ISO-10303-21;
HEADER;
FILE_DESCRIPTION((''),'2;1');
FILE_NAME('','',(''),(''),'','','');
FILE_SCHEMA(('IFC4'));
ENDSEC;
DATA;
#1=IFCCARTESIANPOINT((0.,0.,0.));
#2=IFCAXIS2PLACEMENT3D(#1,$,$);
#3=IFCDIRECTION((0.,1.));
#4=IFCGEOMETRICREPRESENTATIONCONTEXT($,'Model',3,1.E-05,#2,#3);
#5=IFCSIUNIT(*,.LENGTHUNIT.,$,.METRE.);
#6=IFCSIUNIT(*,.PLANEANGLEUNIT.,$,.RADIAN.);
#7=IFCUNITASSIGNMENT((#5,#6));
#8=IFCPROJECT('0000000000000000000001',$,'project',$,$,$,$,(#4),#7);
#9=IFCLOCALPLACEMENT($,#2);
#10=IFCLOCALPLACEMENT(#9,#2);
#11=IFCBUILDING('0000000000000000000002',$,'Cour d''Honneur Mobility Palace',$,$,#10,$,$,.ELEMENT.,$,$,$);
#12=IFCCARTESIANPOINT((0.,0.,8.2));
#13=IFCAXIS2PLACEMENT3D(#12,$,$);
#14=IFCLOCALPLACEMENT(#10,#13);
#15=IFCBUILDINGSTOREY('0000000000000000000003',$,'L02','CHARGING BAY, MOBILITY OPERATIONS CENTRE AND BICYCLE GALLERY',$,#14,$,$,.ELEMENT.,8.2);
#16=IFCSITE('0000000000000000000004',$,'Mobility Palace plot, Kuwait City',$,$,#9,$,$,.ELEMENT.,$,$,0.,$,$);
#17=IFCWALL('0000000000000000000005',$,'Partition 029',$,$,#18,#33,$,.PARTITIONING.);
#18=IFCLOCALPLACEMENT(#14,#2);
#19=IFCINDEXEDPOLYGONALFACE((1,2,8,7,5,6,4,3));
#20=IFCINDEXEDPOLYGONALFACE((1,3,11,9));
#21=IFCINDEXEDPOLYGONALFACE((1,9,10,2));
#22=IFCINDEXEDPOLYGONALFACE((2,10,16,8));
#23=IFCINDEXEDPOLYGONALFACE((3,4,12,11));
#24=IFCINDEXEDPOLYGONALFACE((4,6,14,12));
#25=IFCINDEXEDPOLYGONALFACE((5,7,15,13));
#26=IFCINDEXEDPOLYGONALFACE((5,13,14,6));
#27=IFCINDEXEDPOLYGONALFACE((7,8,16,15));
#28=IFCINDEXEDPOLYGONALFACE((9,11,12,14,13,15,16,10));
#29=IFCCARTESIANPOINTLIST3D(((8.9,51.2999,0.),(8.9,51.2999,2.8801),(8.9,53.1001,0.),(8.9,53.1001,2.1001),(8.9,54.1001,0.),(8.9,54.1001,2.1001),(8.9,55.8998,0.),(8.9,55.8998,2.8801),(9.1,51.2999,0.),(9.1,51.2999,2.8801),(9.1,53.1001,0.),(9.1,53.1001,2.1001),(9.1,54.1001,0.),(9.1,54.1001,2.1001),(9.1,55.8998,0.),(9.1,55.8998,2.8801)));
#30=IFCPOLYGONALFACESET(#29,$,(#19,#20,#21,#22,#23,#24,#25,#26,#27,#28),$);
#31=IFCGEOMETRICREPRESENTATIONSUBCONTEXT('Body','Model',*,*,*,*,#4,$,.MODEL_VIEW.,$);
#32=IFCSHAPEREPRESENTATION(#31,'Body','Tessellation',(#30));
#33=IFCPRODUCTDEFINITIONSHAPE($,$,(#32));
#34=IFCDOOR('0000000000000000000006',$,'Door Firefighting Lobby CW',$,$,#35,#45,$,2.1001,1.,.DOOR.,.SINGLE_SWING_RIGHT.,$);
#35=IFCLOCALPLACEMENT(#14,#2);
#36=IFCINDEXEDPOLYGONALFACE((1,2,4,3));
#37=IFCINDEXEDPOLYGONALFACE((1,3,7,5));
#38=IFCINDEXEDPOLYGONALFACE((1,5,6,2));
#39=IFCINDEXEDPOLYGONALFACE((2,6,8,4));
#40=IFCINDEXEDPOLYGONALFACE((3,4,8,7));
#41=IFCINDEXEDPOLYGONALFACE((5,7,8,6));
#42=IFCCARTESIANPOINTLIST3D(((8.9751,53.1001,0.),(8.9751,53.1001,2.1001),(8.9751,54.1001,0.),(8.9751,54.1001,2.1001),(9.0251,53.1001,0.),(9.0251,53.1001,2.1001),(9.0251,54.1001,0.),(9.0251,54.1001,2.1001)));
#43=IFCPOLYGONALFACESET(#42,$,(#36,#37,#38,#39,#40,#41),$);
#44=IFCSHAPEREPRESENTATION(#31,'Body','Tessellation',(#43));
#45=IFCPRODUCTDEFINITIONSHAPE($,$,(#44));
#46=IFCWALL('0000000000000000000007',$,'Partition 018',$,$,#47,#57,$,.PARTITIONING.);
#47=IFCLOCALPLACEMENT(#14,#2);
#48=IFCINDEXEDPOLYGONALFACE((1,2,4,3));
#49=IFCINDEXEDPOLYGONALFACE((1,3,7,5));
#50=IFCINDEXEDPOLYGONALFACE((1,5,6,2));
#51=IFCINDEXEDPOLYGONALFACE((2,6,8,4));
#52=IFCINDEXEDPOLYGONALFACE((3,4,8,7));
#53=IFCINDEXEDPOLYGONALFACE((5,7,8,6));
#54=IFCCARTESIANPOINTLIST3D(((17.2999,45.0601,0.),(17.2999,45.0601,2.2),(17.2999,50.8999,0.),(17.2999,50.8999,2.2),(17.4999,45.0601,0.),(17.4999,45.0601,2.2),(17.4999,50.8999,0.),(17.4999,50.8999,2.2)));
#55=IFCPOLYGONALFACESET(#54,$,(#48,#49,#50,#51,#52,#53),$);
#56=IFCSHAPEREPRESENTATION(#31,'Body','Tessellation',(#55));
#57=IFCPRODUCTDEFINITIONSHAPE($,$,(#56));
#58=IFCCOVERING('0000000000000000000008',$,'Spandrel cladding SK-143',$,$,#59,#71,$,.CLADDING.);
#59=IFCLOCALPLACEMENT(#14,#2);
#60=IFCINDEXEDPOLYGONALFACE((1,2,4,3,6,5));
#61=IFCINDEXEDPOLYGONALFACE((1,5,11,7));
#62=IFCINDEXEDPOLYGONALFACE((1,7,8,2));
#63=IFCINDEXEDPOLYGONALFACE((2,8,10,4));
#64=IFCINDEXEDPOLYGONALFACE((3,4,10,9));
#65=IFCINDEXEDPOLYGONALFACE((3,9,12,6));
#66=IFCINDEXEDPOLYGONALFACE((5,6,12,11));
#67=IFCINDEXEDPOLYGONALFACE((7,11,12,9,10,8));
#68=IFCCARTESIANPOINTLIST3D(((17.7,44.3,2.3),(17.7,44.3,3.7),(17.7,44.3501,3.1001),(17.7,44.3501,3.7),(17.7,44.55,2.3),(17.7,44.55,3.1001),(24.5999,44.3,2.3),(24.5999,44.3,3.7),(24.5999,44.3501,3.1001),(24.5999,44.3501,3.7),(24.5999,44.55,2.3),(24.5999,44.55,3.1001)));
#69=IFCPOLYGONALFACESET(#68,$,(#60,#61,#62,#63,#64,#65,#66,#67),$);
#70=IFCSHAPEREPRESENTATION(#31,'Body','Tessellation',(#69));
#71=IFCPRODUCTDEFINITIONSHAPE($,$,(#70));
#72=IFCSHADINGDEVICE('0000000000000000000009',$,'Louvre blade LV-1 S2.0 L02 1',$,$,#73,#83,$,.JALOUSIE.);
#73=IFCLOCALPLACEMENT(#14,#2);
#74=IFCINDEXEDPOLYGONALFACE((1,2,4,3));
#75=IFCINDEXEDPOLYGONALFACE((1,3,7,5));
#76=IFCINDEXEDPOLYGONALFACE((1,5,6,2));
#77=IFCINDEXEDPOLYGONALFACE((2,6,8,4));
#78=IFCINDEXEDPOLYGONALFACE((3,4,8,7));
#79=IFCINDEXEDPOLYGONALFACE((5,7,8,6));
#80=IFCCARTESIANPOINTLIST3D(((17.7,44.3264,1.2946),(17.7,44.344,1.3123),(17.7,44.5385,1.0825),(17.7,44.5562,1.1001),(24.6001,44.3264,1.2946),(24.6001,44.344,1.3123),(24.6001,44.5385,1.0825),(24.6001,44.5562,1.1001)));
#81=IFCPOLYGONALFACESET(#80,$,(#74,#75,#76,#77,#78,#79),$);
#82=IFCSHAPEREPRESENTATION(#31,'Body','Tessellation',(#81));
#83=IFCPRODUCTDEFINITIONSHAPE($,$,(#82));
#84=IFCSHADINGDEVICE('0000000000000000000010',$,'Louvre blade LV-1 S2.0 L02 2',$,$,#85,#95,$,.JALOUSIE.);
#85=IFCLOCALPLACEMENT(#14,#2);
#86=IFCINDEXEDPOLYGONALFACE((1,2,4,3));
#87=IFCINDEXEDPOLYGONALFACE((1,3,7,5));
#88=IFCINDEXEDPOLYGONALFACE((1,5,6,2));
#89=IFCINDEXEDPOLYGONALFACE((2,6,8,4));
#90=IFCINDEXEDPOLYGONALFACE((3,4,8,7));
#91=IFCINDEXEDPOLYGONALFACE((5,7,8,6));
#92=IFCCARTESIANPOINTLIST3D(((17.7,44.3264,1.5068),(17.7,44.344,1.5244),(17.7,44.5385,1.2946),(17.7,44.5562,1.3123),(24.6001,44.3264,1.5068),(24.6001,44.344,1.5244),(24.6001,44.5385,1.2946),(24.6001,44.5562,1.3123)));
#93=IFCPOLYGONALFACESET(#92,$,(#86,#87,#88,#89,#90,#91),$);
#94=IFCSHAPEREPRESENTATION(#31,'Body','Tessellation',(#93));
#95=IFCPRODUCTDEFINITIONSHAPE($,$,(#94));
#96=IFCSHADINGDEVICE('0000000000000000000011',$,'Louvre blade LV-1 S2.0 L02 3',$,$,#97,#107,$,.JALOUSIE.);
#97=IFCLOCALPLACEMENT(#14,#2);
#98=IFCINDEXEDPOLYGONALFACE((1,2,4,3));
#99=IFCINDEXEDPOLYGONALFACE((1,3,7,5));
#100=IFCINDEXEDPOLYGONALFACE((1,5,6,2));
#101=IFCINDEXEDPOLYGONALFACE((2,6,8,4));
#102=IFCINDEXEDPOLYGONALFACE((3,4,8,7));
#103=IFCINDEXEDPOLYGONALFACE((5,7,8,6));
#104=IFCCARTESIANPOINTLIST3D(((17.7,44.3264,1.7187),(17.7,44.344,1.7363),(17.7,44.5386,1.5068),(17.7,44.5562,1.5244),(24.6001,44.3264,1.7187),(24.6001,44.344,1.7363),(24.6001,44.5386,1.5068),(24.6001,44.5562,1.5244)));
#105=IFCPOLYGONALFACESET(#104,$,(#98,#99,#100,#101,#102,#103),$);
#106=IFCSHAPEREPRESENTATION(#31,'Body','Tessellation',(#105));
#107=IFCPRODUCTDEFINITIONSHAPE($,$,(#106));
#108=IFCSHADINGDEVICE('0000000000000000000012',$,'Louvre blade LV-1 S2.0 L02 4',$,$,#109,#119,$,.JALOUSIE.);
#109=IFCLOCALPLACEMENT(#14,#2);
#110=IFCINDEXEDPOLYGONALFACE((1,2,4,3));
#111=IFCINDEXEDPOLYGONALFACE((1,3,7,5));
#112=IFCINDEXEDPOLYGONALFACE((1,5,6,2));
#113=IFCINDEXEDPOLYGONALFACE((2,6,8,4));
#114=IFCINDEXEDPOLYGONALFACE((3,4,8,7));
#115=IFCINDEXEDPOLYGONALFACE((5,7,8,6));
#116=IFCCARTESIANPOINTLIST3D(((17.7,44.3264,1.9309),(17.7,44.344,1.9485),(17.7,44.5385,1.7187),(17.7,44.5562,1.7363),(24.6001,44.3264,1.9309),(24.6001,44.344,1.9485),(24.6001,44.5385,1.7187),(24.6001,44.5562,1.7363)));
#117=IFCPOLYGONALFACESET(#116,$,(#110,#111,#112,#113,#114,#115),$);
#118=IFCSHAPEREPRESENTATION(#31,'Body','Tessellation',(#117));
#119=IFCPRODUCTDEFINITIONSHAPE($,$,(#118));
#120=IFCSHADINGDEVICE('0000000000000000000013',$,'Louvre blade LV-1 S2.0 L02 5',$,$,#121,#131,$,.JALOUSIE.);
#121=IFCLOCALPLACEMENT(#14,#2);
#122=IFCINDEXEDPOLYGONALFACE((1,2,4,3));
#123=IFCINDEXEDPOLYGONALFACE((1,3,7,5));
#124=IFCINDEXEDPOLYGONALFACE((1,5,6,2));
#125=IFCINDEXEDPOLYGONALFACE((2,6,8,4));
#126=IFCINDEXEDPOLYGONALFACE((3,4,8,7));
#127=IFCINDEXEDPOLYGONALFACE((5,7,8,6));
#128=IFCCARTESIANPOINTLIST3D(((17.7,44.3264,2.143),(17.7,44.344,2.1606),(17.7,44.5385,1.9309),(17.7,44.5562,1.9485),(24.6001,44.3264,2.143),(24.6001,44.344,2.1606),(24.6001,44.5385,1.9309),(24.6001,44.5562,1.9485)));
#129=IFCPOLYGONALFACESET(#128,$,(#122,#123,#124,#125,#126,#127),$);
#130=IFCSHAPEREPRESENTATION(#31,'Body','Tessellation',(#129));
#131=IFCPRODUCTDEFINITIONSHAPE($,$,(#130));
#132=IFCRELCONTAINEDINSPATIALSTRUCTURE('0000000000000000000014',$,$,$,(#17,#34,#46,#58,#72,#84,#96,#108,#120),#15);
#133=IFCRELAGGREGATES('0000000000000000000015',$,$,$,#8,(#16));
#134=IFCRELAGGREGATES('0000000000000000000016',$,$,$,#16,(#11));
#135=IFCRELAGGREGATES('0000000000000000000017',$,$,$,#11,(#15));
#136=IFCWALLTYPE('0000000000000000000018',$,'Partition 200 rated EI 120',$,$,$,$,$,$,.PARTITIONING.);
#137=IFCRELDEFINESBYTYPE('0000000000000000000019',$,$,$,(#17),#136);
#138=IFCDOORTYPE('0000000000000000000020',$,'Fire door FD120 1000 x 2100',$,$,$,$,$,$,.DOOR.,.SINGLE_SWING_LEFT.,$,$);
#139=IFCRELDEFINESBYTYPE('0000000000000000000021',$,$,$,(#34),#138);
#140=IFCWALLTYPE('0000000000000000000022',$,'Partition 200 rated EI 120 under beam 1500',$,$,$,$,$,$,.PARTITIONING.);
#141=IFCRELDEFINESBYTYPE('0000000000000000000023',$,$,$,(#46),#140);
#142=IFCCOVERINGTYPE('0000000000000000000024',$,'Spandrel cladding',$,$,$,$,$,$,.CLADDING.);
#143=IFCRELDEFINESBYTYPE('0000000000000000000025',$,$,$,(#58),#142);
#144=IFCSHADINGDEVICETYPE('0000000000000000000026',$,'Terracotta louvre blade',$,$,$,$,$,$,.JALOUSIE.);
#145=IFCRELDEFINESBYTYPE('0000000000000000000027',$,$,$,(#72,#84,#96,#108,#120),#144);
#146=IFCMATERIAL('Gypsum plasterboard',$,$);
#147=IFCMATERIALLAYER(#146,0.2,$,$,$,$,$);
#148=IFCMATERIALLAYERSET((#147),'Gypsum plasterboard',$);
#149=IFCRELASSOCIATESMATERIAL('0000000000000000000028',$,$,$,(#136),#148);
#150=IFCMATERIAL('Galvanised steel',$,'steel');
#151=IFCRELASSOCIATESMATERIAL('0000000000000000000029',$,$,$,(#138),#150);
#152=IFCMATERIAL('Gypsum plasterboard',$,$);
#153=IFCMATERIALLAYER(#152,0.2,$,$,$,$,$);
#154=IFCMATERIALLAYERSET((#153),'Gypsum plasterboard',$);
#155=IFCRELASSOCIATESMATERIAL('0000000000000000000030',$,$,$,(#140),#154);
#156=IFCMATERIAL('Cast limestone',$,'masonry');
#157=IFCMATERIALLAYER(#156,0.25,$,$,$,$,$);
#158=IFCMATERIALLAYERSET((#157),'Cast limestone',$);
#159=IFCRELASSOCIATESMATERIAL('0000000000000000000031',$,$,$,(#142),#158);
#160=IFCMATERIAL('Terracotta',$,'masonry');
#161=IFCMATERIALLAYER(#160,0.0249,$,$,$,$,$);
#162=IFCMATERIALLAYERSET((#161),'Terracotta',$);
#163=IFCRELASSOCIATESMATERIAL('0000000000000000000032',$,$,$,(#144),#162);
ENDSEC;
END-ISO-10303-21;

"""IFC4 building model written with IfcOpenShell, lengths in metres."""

from ifc_helpers import new_model, si_unit, direction, frame, frame_2d, origin, place, context, subcontext, project, spatial, polyline, rectangle, outline, extrude, material, layer, layer_set, type_object, element, fill, save


model = new_model("IFC4")

# Units and contexts
model_context = context("Model", 3, precision=1e-05, world=origin(), true_north=direction((0.0, 1.0)))
body_context = subcontext(model_context, "Body", "Model", "MODEL_VIEW")
ifc_project = project(units=[si_unit("LENGTHUNIT", "METRE"), si_unit("PLANEANGLEUNIT", "RADIAN")], contexts=[model_context])

# Site, building, storey
site_placement = place(None, origin())
site = spatial("IfcSite", under=ifc_project, at=site_placement, Name="Mobility Palace plot, Kuwait City", CompositionType="ELEMENT", RefElevation=0.0)
building_placement = place(site_placement, origin())
building = spatial("IfcBuilding", under=site, at=building_placement, Name="Cour d'Honneur Mobility Palace", CompositionType="ELEMENT")
storey_placement = place(building_placement, frame((0.0, 0.0, 8.2)))
storey = spatial("IfcBuildingStorey", under=building, at=storey_placement, Name="L02", Description="CHARGING BAY, MOBILITY OPERATIONS CENTRE AND BICYCLE GALLERY", CompositionType="ELEMENT", Elevation=8.2)

# Shared definitions
ifc_material_1 = material(Name="Gypsum plasterboard")
ifc_layer_1 = layer(ifc_material_1, 0.2)
ifc_layer_set_1 = layer_set([ifc_layer_1], Name="Gypsum plasterboard")
wall_type_1 = type_object("IfcWallType", Name="Partition 200 rated EI 120", PredefinedType="PARTITIONING", material=ifc_layer_set_1)
ifc_material_2 = material(Name="Galvanised steel", Category="steel")
door_type = type_object("IfcDoorType", Name="Fire door FD120 1000 x 2100", OperationType="SINGLE_SWING_LEFT", PredefinedType="DOOR", material=ifc_material_2)

# Wall, opening, door
wall_1_placement = place(storey_placement, frame((9.0, 51.3, 0.0), z_axis=(0.0, 0.0, 1.0), x_axis=(0.0, 1.0, 0.0)))
wall_1 = element("IfcWall", 1, at=wall_1_placement, inside=storey, type_object=wall_type_1, Name="Partition 029", PredefinedType="PARTITIONING", context=body_context, shape_type="SweptSolid", body=[
    extrude(rectangle(XDim=4.5999, YDim=0.2, at=frame_2d((2.2998, 0.0))), origin(), (0.0, 0.0, 1.0), 2.8801),
])
opening_1_placement = place(wall_1_placement, frame((1.8, 0.0, 0.0)))
opening_1 = element("IfcOpeningElement", 2, at=opening_1_placement, cuts=wall_1, PredefinedType="OPENING", context=body_context, shape_type="SweptSolid", body=[
    extrude(rectangle(XDim=1.0, YDim=2.1001, at=frame_2d((0.5, 1.05))), frame((0.0, 0.1099, 0.0), z_axis=(0.0, -1.0, 0.0), x_axis=(1.0, 0.0, 0.0)), (0.0, 0.0, 1.0), 0.22),
])
door_1_placement = place(opening_1_placement, origin())
door_1 = element("IfcDoor", 3, at=door_1_placement, inside=storey, type_object=door_type, Name="Door Firefighting Lobby CW", OperationType="SINGLE_SWING_RIGHT", OverallHeight=2.1001, OverallWidth=1.0, PredefinedType="DOOR", context=body_context, shape_type="SweptSolid", body=[
    extrude(rectangle(XDim=1.0, YDim=2.1001, at=frame_2d((0.5, 1.05))), frame((0.0, 0.0249, 0.0), z_axis=(0.0, -1.0, 0.0), x_axis=(1.0, 0.0, 0.0)), (0.0, 0.0, 1.0), 0.05),
])
fill(opening_1, door_1)

# Wall
ifc_material_3 = material(Name="Gypsum plasterboard")
ifc_layer_2 = layer(ifc_material_3, 0.2)
ifc_layer_set_2 = layer_set([ifc_layer_2], Name="Gypsum plasterboard")
wall_type_2 = type_object("IfcWallType", Name="Partition 200 rated EI 120 under beam 1500", PredefinedType="PARTITIONING", material=ifc_layer_set_2)
wall_2_placement = place(storey_placement, frame((17.3999, 45.0601, 0.0), z_axis=(0.0, 0.0, 1.0), x_axis=(0.0, 1.0, 0.0)))
element("IfcWall", 4, at=wall_2_placement, inside=storey, type_object=wall_type_2, Name="Partition 018", PredefinedType="PARTITIONING", context=body_context, shape_type="SweptSolid", body=[
    extrude(rectangle(XDim=5.8398, YDim=0.2, at=frame_2d((2.9199, 0.0))), origin(), (0.0, 0.0, 1.0), 2.2),
])

# Covering
ifc_material_4 = material(Name="Cast limestone", Category="masonry")
ifc_layer_3 = layer(ifc_material_4, 0.25)
ifc_layer_set_3 = layer_set([ifc_layer_3], Name="Cast limestone")
covering_type = type_object("IfcCoveringType", Name="Spandrel cladding", PredefinedType="CLADDING", material=ifc_layer_set_3)
covering_placement = place(storey_placement, frame((17.7, 44.55, 2.3), z_axis=(-1.0, 0.0, 0.0), x_axis=(0.0, -1.0, 0.0)))
element("IfcCovering", 5, at=covering_placement, inside=storey, type_object=covering_type, Name="Spandrel cladding SK-143", PredefinedType="CLADDING", context=body_context, shape_type="SweptSolid", body=[
    extrude(outline(polyline([(0.0, 0.0), (0.25, 0.0), (0.25, 1.3999), (0.2, 1.3999), (0.2, 0.8), (0.0, 0.8), (0.0, 0.0)])), origin(), (0.0, 0.0, -1.0), 6.8999),
])

# Shading devices
ifc_material_5 = material(Name="Terracotta", Category="masonry")
ifc_layer_4 = layer(ifc_material_5, 0.0249)
ifc_layer_set_4 = layer_set([ifc_layer_4], Name="Terracotta")
shading_device_type = type_object("IfcShadingDeviceType", Name="Terracotta louvre blade", PredefinedType="JALOUSIE", material=ifc_layer_set_4)
for number, where, z_axis, x_axis, name in (
    (6, (17.7, 44.5562, 1.1001), (0.0, 0.707107, 0.707107), (1.0, 0.0, 0.0), "Louvre blade LV-1 S2.0 L02 1"),
    (7, (17.7, 44.5562, 1.3123), (0.0, 0.707107, 0.707107), (1.0, 0.0, 0.0), "Louvre blade LV-1 S2.0 L02 2"),
):
    element("IfcShadingDevice", number, at=place(storey_placement, frame(where, z_axis=z_axis, x_axis=x_axis)), inside=storey, type_object=shading_device_type, Name=name, PredefinedType="JALOUSIE", context=body_context, shape_type="SweptSolid", body=[
        extrude(outline(polyline([(0.0, 0.0), (6.9001, 0.0), (6.9001, -0.3), (0.0, -0.3), (0.0, 0.0)])), origin(), (0.0, 0.0, -1.0), 0.0249),
    ])
shading_device_placement = place(storey_placement, frame((17.7, 44.5562, 1.5244), z_axis=(0.0, 0.7067, 0.707514), x_axis=(1.0, 0.0, 0.0)))
element("IfcShadingDevice", 8, at=shading_device_placement, inside=storey, type_object=shading_device_type, Name="Louvre blade LV-1 S2.0 L02 3", PredefinedType="JALOUSIE", context=body_context, shape_type="SweptSolid", body=[
    extrude(outline(polyline([(0.0, 0.0), (6.9001, 0.0), (6.9001, -0.2999), (0.0, -0.2999), (0.0, 0.0)])), origin(), (0.0, 0.0, -1.0), 0.0249),
])
for number, where, z_axis, x_axis, name in (
    (9, (17.7, 44.5562, 1.7363), (0.0, 0.707107, 0.707107), (1.0, 0.0, 0.0), "Louvre blade LV-1 S2.0 L02 4"),
    (10, (17.7, 44.5562, 1.9485), (0.0, 0.707107, 0.707107), (1.0, 0.0, 0.0), "Louvre blade LV-1 S2.0 L02 5"),
):
    element("IfcShadingDevice", number, at=place(storey_placement, frame(where, z_axis=z_axis, x_axis=x_axis)), inside=storey, type_object=shading_device_type, Name=name, PredefinedType="JALOUSIE", context=body_context, shape_type="SweptSolid", body=[
        extrude(outline(polyline([(0.0, 0.0), (6.9001, 0.0), (6.9001, -0.3), (0.0, -0.3), (0.0, 0.0)])), origin(), (0.0, 0.0, -1.0), 0.0249),
    ])

save(model, "model.ifc")
